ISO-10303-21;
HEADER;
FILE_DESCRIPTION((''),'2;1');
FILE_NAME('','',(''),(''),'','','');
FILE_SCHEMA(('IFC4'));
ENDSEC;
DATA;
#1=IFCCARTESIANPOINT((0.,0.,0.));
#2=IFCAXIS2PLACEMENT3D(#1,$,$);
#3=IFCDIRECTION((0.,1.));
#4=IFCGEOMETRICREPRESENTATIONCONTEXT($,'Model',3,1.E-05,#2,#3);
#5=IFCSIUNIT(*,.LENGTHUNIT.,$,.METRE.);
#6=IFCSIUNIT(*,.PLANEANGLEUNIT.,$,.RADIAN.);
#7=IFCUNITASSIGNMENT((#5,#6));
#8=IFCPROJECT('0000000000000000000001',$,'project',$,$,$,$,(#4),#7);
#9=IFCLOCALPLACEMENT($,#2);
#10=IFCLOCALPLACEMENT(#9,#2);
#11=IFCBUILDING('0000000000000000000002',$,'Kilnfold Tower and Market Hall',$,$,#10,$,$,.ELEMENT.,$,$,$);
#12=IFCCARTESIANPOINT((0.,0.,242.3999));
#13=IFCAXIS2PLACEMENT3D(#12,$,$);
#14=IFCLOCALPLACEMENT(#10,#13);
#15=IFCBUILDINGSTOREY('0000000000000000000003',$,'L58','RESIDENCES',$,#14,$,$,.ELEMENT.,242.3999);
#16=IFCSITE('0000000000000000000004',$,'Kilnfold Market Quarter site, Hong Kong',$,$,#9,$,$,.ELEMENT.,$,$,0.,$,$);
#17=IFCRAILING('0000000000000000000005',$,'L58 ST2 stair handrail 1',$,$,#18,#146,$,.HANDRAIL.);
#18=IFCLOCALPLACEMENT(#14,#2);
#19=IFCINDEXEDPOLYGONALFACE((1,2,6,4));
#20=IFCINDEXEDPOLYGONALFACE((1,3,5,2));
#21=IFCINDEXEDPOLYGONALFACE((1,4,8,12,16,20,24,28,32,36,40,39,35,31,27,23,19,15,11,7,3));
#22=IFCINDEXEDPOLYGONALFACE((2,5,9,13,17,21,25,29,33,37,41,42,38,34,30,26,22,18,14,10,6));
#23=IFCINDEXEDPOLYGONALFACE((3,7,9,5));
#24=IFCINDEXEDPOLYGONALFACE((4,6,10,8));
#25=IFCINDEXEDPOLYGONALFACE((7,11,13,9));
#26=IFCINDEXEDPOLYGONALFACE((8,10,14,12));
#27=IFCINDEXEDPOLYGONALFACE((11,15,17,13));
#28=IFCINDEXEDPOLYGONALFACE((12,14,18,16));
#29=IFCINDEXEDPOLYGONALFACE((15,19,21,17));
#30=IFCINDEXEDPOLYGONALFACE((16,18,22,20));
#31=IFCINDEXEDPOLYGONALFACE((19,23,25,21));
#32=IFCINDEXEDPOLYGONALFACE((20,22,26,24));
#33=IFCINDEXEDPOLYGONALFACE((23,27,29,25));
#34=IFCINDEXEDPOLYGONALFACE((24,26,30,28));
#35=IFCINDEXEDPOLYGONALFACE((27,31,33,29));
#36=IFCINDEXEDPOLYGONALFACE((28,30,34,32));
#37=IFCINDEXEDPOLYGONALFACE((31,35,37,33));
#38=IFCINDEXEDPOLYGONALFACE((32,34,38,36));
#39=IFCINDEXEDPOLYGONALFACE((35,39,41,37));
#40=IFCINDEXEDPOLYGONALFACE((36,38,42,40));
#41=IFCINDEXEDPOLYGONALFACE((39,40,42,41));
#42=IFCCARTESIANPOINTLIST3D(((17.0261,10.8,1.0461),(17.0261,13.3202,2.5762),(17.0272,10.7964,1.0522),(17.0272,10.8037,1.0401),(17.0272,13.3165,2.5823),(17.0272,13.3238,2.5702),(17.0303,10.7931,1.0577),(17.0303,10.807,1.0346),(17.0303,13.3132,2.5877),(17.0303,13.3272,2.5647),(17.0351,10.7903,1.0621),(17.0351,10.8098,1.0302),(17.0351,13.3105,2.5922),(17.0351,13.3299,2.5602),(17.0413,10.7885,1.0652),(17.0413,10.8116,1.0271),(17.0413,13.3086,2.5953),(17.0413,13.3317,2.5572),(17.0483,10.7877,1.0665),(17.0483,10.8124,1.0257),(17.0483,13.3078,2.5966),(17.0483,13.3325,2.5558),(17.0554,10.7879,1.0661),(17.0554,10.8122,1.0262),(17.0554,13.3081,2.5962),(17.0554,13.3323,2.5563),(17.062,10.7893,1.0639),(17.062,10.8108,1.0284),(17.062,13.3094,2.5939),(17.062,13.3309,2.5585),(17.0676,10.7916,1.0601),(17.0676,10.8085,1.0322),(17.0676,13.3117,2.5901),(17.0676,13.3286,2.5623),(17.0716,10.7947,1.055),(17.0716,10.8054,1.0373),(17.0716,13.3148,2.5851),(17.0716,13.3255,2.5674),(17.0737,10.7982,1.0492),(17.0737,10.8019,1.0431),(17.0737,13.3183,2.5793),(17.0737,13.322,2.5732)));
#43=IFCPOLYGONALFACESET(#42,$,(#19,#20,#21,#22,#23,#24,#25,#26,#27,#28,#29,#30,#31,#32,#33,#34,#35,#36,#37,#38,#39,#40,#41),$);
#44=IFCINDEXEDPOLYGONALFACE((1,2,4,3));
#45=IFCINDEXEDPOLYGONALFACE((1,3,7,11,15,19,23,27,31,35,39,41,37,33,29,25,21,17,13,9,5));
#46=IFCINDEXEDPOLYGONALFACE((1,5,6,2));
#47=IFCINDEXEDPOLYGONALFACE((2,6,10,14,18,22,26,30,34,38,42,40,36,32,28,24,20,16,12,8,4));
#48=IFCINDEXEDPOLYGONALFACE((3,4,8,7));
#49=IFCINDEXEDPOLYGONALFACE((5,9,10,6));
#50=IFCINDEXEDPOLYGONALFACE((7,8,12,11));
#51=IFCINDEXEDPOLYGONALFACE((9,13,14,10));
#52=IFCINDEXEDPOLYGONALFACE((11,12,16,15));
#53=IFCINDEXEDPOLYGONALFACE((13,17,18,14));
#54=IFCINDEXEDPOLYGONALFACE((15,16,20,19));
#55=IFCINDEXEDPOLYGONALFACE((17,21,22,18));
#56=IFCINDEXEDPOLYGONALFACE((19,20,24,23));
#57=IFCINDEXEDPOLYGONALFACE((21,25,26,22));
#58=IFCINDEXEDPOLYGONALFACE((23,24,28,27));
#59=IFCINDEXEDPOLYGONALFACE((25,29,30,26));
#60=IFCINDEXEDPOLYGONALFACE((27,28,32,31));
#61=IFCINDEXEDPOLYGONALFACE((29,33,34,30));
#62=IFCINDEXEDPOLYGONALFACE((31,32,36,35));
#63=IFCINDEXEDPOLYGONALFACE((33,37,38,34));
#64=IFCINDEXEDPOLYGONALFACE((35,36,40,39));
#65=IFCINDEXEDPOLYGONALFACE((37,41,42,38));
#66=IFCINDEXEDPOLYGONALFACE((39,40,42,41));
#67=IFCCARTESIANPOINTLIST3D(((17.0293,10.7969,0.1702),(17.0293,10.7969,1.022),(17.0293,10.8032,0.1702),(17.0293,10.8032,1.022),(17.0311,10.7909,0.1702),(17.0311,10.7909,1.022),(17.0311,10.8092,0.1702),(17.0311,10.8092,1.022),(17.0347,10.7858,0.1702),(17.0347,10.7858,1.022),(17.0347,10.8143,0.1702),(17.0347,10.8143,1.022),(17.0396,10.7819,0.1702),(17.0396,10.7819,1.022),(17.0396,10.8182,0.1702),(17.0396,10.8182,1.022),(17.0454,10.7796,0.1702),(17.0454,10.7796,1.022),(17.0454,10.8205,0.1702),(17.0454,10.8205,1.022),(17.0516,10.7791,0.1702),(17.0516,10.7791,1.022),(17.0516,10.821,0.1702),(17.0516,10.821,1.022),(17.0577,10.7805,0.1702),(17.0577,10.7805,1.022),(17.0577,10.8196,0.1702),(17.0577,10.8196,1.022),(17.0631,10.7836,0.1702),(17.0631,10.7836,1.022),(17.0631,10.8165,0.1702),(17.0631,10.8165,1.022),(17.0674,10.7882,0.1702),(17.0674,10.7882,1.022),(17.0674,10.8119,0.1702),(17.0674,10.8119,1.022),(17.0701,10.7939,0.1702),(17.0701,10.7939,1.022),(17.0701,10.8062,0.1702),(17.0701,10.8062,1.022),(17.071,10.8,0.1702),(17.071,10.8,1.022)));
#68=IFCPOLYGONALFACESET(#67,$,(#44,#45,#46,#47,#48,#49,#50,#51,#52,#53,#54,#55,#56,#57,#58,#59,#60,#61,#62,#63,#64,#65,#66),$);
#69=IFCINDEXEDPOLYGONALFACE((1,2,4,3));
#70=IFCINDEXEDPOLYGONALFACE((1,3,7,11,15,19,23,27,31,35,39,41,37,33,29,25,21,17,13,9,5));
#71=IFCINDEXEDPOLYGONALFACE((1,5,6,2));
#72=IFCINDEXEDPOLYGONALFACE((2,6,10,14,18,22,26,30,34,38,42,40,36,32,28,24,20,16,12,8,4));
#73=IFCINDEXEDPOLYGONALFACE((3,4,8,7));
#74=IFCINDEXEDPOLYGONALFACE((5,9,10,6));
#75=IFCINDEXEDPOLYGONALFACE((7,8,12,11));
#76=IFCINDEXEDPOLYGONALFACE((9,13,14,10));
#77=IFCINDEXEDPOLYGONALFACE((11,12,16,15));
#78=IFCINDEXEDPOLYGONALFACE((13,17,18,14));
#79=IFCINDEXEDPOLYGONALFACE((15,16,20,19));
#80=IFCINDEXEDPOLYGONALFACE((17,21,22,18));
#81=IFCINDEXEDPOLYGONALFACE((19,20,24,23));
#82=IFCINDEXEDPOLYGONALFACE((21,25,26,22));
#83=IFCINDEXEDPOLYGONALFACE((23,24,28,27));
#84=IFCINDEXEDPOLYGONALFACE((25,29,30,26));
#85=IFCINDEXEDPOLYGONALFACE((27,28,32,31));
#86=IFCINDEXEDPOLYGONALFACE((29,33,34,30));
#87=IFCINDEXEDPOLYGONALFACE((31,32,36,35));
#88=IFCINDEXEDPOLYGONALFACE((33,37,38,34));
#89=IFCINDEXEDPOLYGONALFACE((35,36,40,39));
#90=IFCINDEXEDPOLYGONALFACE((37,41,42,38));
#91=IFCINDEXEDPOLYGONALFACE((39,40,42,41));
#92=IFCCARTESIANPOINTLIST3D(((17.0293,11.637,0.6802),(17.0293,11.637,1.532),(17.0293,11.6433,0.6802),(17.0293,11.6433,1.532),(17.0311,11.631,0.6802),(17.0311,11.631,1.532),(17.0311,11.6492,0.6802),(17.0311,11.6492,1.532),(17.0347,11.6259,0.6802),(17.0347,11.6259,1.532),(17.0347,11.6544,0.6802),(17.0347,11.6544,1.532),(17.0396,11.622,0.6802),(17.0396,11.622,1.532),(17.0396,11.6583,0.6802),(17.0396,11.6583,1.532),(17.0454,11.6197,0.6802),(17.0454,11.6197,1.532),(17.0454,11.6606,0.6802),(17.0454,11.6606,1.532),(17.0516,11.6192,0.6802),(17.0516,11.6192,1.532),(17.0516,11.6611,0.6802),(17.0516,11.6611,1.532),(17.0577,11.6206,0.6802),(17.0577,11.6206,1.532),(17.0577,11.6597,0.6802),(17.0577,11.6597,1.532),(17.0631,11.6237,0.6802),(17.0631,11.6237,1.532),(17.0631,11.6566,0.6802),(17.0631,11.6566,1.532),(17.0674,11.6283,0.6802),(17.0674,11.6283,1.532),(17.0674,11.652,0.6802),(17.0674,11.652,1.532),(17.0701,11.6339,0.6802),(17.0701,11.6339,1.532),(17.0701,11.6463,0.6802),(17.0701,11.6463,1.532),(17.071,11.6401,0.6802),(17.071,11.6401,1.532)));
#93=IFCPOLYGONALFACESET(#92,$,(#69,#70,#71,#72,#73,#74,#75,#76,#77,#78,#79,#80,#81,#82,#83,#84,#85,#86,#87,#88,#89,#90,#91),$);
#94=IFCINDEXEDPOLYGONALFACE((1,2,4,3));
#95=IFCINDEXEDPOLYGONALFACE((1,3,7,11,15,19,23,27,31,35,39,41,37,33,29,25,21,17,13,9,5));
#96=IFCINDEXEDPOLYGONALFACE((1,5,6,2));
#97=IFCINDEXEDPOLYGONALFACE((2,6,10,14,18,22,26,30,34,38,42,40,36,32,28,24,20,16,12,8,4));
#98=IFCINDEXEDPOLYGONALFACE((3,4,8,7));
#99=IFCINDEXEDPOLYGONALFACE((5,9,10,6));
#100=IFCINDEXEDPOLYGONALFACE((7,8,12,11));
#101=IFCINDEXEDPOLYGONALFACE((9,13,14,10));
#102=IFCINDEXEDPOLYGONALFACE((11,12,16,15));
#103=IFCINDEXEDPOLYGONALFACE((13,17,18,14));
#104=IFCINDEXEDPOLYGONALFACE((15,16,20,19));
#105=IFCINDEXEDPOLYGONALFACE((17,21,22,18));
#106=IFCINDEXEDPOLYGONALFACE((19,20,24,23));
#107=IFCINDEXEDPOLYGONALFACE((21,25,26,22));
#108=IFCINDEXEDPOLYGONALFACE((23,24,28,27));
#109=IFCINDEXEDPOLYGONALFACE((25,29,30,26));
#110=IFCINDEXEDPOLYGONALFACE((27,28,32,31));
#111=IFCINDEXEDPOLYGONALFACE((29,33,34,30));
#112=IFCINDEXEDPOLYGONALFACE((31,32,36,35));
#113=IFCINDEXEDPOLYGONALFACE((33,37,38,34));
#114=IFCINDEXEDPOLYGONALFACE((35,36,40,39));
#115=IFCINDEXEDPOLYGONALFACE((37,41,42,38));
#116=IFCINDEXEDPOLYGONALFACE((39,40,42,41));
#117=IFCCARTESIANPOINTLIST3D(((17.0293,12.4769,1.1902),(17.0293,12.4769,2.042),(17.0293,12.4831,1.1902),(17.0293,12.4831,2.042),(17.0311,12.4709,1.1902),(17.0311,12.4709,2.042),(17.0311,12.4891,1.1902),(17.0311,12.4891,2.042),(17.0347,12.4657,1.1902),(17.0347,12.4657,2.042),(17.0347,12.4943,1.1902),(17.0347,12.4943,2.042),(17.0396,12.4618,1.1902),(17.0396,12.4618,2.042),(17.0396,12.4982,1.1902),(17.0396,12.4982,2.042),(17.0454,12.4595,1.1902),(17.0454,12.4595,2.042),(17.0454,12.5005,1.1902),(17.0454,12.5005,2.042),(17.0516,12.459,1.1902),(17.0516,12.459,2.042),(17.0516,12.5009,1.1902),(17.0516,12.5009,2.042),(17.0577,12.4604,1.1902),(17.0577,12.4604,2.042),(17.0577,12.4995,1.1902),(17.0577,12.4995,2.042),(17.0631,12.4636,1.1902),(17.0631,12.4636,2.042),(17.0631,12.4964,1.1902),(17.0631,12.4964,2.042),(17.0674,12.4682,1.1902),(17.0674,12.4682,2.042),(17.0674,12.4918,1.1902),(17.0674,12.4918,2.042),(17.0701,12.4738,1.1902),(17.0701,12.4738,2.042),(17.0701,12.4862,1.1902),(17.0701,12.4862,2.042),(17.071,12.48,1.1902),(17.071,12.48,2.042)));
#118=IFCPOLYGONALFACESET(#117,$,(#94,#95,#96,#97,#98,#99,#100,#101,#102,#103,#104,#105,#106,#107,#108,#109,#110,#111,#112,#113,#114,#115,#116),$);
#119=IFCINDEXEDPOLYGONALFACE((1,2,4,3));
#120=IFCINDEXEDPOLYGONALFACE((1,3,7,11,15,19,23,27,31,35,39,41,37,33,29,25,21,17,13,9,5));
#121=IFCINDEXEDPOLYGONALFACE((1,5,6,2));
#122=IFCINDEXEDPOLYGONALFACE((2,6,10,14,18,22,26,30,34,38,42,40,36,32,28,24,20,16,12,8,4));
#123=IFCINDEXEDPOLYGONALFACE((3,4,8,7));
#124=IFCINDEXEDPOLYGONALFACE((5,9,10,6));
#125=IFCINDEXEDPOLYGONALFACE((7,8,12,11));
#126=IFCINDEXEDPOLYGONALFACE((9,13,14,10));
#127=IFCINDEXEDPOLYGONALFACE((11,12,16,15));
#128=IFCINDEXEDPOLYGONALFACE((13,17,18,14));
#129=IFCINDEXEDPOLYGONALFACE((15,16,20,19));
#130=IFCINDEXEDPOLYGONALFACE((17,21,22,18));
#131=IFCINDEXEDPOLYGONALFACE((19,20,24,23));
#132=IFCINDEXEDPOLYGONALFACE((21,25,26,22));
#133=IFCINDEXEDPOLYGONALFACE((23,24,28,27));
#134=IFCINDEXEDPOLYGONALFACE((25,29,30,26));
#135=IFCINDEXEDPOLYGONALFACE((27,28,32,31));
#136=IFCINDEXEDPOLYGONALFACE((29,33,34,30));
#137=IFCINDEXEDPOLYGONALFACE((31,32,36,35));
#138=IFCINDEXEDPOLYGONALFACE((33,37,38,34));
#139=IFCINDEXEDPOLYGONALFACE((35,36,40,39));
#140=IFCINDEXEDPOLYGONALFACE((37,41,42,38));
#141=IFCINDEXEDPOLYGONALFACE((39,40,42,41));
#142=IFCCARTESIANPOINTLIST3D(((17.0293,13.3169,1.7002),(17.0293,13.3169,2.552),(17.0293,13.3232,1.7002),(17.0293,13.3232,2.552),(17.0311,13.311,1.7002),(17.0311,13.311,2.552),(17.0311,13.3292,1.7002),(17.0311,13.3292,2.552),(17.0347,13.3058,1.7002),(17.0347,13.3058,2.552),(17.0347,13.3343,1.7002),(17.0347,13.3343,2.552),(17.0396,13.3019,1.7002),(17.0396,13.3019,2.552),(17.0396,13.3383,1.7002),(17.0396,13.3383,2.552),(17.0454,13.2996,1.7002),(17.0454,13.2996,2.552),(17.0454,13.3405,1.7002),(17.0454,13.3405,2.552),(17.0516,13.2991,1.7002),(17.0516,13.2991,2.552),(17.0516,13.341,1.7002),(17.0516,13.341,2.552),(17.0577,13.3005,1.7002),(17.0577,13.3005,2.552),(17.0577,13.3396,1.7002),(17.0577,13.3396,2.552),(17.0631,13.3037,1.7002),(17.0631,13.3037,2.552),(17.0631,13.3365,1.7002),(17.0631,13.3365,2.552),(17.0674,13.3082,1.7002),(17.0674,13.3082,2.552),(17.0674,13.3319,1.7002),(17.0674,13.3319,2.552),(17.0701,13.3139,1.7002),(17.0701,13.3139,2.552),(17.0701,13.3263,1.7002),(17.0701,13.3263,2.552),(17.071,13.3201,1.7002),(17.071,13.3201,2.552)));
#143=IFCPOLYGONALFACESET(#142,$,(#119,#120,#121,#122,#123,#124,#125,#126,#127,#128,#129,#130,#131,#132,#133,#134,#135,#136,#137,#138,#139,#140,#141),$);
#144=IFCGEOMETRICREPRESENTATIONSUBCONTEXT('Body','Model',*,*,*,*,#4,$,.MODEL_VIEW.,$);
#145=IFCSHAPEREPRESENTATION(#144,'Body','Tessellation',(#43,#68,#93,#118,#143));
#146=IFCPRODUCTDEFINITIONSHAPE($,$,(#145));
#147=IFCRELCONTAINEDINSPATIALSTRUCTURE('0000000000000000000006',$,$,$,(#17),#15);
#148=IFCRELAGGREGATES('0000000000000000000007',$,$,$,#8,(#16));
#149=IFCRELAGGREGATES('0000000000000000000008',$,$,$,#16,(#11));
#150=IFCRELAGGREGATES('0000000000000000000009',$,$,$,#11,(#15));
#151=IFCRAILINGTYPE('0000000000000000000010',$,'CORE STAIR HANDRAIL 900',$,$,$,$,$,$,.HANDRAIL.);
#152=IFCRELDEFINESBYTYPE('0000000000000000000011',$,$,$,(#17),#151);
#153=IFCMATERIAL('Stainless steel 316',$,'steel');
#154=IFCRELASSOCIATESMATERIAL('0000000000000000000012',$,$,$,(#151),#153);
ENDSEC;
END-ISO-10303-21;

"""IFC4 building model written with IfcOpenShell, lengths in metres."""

from ifc_helpers import new_model, si_unit, direction, frame, origin, origin_2d, place, context, subcontext, project, spatial, circle, extrude, material, type_object, element, save


model = new_model("IFC4")

# Units and contexts
model_context = context("Model", 3, precision=1e-05, world=origin(), true_north=direction((0.0, 1.0)))
body_context = subcontext(model_context, "Body", "Model", "MODEL_VIEW")
ifc_project = project(units=[si_unit("LENGTHUNIT", "METRE"), si_unit("PLANEANGLEUNIT", "RADIAN")], contexts=[model_context])

# Site, building, storey
site_placement = place(None, origin())
site = spatial("IfcSite", under=ifc_project, at=site_placement, Name="Kilnfold Market Quarter site, Hong Kong", CompositionType="ELEMENT", RefElevation=0.0)
building_placement = place(site_placement, origin())
building = spatial("IfcBuilding", under=site, at=building_placement, Name="Kilnfold Tower and Market Hall", CompositionType="ELEMENT")
storey_placement = place(building_placement, frame((0.0, 0.0, 242.3999)))
storey = spatial("IfcBuildingStorey", under=building, at=storey_placement, Name="L58", Description="RESIDENCES", CompositionType="ELEMENT", Elevation=242.3999)

# Railing
ifc_material_1 = material(Name="Stainless steel 316", Category="steel")
railing_type_1 = type_object("IfcRailingType", Name="CORE STAIR HANDRAIL 900", PredefinedType="HANDRAIL", material=ifc_material_1)
railing_1_placement = place(storey_placement, frame((17.05, 10.8, 0.1702)))
element("IfcRailing", 1, at=railing_1_placement, inside=storey, type_object=railing_type_1, Name="L58 ST2 stair handrail 1", PredefinedType="HANDRAIL", context=body_context, shape_type="SweptSolid", body=[
    extrude(circle(Radius=0.0239, at=origin_2d()), frame((0.0, 0.0, 0.876), z_axis=(0.0, 0.854785, 0.518982), x_axis=(-1.0, 0.0, 0.0)), (0.0, 0.0, 1.0), 2.9482),
    extrude(circle(Radius=0.021, at=origin_2d()), origin(), (0.0, 0.0, 1.0), 0.8518),
    extrude(circle(Radius=0.021, at=origin_2d()), frame((0.0, 0.8401, 0.51)), (0.0, 0.0, 1.0), 0.8518),
    extrude(circle(Radius=0.021, at=origin_2d()), frame((0.0, 1.6799, 1.02)), (0.0, 0.0, 1.0), 0.8518),
    extrude(circle(Radius=0.021, at=origin_2d()), frame((0.0, 2.52, 1.53)), (0.0, 0.0, 1.0), 0.8518),
])

save(model, "model.ifc")
